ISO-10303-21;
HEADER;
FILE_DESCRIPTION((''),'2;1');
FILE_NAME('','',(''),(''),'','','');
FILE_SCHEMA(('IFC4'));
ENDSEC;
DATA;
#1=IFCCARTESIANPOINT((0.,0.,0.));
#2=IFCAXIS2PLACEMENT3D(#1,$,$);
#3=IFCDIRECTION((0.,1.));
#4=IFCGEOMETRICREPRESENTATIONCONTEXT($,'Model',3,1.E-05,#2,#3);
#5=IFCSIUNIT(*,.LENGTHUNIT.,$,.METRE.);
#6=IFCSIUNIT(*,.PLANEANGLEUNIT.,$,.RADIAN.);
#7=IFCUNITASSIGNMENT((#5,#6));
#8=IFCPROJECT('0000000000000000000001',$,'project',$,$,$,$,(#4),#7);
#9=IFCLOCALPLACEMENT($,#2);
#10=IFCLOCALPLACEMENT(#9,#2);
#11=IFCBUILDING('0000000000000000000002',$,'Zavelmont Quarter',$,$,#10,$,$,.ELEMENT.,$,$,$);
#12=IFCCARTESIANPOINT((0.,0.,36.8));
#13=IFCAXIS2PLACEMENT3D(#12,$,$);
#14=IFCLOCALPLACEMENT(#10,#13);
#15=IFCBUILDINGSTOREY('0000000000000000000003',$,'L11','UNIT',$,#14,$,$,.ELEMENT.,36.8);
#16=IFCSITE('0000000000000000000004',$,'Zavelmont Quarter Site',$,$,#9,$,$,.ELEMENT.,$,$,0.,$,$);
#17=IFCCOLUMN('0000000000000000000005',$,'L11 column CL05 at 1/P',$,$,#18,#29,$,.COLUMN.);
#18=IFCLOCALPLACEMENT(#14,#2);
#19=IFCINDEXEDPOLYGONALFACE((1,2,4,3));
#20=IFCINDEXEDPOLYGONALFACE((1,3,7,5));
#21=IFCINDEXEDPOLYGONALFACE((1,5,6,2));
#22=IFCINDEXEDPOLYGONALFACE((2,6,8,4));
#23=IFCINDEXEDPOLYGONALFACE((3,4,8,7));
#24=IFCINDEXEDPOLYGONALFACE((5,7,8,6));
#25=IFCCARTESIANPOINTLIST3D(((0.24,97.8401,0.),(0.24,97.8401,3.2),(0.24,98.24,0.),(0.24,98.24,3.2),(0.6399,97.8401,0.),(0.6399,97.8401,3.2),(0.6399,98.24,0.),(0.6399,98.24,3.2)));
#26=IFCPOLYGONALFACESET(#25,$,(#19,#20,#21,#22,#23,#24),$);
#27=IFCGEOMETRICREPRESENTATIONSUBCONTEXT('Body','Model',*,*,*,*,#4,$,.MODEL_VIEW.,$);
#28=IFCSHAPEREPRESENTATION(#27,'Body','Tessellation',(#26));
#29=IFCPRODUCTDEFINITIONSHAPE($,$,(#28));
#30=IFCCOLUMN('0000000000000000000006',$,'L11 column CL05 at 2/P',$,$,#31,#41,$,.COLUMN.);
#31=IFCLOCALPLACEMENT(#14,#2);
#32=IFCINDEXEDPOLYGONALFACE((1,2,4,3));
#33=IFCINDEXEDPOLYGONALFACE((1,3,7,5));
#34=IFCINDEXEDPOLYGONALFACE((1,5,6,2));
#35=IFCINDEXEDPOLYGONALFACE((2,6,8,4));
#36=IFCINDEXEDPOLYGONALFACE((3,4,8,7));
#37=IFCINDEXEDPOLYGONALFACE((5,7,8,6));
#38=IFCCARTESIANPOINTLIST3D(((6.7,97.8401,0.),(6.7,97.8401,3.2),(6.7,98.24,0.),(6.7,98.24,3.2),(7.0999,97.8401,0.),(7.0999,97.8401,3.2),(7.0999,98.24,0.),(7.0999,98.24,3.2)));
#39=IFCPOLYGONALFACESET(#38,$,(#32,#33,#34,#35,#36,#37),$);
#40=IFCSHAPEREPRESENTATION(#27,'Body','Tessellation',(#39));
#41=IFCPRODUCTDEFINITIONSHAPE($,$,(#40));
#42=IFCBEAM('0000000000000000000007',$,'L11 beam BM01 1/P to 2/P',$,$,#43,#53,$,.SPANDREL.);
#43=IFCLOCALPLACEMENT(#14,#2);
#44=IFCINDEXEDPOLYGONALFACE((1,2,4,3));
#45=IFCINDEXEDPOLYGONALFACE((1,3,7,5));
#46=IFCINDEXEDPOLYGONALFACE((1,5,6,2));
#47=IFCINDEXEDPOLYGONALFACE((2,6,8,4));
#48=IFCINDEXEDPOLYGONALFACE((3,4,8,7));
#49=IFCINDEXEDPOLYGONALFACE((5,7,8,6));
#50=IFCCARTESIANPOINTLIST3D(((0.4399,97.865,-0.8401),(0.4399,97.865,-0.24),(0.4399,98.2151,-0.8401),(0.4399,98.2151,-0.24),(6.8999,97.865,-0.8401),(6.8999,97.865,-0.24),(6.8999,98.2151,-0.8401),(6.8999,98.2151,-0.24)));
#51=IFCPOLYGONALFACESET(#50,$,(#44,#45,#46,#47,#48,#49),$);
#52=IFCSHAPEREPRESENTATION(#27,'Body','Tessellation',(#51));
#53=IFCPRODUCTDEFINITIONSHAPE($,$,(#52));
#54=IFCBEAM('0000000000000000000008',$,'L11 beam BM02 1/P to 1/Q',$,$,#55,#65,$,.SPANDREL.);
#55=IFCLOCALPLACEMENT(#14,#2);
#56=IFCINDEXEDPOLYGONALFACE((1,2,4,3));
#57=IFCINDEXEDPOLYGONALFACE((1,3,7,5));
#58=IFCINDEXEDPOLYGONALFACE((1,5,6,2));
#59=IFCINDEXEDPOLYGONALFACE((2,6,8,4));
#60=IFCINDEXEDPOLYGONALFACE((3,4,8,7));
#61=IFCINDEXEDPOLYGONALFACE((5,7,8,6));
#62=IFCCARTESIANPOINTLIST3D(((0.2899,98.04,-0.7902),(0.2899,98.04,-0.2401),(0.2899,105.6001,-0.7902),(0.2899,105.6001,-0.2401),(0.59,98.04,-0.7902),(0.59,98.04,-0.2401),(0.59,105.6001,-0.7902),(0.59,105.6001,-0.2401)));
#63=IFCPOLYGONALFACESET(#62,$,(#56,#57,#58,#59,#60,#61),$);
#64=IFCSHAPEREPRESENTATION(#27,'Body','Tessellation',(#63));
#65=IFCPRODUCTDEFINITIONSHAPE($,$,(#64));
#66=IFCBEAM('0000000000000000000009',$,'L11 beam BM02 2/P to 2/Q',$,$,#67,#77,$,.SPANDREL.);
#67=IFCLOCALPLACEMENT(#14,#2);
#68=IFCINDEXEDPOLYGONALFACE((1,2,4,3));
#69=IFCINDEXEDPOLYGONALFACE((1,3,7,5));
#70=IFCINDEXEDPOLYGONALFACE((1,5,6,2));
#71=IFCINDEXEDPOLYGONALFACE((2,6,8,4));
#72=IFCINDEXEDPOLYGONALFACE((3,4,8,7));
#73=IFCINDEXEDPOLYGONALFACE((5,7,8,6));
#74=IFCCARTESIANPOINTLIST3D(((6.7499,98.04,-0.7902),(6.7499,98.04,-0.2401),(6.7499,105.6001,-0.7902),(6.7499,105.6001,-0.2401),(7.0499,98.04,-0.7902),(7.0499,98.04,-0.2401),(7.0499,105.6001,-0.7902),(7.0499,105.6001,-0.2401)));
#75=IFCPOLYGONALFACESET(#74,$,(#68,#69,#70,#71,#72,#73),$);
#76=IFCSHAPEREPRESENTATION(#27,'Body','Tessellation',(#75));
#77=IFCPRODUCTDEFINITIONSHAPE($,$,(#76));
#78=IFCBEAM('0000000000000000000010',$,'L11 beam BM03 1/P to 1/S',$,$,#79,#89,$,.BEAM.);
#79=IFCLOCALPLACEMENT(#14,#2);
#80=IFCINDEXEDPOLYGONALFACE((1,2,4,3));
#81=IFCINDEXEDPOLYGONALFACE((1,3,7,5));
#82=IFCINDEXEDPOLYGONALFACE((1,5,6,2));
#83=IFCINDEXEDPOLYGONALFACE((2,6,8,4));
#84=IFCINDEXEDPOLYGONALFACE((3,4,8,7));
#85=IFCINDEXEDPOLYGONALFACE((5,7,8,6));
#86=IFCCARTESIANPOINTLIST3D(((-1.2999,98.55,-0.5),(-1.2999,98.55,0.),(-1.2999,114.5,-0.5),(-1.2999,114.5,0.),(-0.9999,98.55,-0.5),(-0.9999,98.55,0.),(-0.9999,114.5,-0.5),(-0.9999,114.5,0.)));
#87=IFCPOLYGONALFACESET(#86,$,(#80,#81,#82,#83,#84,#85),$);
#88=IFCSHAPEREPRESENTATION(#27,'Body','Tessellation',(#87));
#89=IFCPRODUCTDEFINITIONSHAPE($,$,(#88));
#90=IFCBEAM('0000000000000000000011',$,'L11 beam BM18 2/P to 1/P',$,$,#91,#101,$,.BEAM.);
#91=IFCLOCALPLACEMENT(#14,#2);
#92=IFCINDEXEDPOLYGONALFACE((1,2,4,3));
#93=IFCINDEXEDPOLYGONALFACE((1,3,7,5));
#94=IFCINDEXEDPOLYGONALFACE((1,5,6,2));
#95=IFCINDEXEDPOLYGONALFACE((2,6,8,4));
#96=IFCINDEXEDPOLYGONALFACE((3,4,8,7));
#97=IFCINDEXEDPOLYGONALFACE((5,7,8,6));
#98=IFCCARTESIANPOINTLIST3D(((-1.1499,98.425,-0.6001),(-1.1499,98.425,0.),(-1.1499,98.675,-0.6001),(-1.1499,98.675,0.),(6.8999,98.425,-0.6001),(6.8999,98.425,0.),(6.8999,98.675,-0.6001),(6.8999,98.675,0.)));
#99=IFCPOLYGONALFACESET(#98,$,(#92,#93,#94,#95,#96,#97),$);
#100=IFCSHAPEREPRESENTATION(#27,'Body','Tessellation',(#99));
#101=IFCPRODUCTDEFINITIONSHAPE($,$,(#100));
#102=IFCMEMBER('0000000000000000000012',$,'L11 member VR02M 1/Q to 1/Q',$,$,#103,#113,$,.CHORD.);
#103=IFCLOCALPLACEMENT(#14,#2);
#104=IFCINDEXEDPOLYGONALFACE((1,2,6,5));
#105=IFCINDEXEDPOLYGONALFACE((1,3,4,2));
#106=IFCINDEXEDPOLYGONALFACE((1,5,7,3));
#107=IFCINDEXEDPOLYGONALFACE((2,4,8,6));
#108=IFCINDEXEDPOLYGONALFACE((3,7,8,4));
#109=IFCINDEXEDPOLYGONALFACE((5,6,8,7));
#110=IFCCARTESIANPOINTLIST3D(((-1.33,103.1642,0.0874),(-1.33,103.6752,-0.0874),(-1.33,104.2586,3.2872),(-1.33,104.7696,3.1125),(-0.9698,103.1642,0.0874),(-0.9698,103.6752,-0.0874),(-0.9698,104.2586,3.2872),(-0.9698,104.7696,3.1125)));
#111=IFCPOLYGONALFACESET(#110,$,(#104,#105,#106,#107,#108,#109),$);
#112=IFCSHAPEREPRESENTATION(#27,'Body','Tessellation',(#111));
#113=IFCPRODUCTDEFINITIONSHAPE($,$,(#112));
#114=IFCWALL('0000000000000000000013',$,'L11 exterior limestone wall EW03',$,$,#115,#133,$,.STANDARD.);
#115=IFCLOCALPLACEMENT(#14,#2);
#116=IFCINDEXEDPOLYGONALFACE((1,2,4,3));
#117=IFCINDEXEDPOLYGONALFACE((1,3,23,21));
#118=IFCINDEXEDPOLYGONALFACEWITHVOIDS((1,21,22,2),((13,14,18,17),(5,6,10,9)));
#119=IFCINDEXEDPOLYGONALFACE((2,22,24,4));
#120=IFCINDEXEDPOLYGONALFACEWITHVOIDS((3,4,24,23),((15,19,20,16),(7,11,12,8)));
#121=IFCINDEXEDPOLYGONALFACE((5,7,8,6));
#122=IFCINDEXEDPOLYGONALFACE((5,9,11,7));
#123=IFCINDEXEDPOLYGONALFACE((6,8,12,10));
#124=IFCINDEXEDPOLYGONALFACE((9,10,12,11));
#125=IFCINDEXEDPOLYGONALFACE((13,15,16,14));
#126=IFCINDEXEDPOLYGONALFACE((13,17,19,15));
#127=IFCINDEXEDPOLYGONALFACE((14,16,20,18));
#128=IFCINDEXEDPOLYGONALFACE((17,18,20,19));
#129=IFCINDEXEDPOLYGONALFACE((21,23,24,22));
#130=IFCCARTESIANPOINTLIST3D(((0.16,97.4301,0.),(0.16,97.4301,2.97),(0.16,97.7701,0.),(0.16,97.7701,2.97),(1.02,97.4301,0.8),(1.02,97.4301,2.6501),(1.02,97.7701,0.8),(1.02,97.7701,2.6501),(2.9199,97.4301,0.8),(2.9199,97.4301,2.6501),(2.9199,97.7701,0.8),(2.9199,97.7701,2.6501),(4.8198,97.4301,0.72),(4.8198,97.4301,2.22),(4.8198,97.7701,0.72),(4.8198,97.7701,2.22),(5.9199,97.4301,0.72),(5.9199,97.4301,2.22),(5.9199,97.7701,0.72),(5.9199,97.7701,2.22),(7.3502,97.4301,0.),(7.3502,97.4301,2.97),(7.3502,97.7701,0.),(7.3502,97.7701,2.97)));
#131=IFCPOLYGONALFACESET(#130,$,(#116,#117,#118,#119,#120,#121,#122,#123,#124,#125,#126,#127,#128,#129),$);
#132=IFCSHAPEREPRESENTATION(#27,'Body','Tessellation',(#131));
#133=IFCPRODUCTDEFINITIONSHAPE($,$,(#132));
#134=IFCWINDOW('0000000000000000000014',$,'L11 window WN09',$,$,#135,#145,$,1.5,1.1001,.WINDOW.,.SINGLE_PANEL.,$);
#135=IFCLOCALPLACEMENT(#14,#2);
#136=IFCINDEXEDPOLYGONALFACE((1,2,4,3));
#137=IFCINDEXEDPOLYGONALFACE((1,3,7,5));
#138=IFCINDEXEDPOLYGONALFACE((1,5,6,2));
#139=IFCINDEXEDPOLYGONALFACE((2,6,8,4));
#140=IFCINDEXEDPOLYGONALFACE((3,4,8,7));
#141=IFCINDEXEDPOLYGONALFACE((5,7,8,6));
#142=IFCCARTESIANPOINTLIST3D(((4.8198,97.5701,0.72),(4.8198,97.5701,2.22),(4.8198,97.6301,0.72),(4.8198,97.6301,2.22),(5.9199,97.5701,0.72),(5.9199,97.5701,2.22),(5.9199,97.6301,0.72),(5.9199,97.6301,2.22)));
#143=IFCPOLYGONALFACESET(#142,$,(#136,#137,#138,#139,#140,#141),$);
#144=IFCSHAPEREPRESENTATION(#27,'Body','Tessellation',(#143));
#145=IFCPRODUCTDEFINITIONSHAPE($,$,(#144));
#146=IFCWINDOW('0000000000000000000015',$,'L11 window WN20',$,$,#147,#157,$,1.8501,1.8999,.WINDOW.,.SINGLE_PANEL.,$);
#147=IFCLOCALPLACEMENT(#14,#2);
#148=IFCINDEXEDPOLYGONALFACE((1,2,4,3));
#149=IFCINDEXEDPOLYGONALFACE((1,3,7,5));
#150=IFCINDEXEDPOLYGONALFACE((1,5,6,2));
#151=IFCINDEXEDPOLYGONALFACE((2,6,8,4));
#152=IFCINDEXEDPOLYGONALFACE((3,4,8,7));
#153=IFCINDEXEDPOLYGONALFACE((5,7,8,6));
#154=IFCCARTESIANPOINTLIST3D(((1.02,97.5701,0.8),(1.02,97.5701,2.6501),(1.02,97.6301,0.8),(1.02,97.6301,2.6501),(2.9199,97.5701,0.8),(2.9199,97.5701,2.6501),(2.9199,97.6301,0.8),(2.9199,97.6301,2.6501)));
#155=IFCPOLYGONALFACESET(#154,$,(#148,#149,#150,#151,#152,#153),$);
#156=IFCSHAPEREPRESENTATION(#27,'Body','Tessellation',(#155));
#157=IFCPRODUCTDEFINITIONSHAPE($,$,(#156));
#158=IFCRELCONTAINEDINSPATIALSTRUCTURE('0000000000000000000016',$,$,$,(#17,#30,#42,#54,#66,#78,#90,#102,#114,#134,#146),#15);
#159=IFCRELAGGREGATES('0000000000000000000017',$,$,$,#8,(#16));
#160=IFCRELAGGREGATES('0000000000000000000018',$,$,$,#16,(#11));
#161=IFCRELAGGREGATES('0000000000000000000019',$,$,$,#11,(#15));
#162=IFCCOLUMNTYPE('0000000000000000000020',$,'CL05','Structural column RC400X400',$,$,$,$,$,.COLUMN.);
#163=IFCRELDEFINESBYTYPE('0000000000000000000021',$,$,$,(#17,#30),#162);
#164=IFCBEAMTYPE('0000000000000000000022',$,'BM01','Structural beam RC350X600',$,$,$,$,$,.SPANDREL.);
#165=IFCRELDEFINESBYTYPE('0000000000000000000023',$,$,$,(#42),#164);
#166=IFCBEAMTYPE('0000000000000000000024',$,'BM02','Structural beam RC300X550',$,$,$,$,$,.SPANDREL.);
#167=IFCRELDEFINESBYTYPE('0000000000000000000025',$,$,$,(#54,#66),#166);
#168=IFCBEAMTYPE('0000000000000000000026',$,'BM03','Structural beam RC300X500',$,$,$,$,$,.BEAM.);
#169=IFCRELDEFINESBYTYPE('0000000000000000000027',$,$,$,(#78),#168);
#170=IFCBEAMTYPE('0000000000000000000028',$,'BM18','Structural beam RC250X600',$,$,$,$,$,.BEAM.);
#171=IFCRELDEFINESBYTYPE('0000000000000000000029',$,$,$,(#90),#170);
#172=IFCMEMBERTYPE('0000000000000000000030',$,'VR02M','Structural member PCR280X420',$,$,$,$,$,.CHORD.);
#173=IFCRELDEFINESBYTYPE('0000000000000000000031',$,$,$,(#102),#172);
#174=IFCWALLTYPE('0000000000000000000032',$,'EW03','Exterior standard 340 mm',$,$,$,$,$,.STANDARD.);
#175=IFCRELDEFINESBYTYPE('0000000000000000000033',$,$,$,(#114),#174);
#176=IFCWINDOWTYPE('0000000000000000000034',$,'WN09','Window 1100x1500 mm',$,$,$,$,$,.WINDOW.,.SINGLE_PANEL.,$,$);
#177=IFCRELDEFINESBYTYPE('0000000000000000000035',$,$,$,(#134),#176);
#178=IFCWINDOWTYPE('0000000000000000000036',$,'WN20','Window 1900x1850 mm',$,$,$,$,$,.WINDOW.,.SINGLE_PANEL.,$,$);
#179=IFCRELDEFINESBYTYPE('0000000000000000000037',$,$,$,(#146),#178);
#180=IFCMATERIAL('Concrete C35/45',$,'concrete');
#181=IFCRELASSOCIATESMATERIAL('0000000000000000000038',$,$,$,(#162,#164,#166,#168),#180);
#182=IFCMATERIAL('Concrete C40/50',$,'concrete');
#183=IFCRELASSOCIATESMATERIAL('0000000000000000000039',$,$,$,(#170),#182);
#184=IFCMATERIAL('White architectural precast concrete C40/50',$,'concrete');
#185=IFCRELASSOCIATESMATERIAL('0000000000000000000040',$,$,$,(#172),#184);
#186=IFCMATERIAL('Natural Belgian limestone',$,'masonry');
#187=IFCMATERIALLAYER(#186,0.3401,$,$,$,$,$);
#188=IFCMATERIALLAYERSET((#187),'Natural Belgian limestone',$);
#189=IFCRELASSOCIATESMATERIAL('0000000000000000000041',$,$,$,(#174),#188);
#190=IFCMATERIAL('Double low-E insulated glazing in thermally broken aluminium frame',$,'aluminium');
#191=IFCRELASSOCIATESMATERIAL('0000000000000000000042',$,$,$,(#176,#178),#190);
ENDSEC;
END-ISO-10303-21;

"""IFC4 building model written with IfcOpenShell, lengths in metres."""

from ifc_helpers import new_model, si_unit, direction, frame, frame_2d, origin, origin_with_axes, origin_2d, place, context, subcontext, project, spatial, rectangle, extrude, material, layer, layer_set, material_profile, profile_set, type_object, element, fill, save


model = new_model("IFC4")

# Units and contexts
model_context = context("Model", 3, precision=1e-05, world=origin(), true_north=direction((0.0, 1.0)))
body_context = subcontext(model_context, "Body", "Model", "MODEL_VIEW")
ifc_project = project(units=[si_unit("LENGTHUNIT", "METRE"), si_unit("PLANEANGLEUNIT", "RADIAN")], contexts=[model_context])

# Site, building, storey
site_placement = place(None, origin())
site = spatial("IfcSite", under=ifc_project, at=site_placement, Name="Zavelmont Quarter Site", CompositionType="ELEMENT", RefElevation=0.0)
building_placement = place(site_placement, origin())
building = spatial("IfcBuilding", under=site, at=building_placement, Name="Zavelmont Quarter", CompositionType="ELEMENT")
storey_placement = place(building_placement, frame((0.0, 0.0, 36.8)))
storey = spatial("IfcBuildingStorey", under=building, at=storey_placement, Name="L11", Description="UNIT", CompositionType="ELEMENT", Elevation=36.8)

# Columns
ifc_material_1 = material(Name="Concrete C35/45", Category="concrete")
ifc_material_profile_1 = material_profile(ifc_material_1, rectangle(XDim=0.3999, YDim=0.3999, at=origin_2d()), Name="RC400X400")
ifc_profile_set_1 = profile_set([ifc_material_profile_1], Name="Concrete C35/45")
column_type = type_object("IfcColumnType", Name="CL05", Description="Structural column RC400X400", PredefinedType="COLUMN", material=ifc_profile_set_1)
for number, where, z_axis, x_axis, name in (
    (1, (0.4399, 98.04, 0.0), (0.0, 0.0, 1.0), (1.0, 0.0, 0.0), "L11 column CL05 at 1/P"),
    (2, (6.8999, 98.04, 0.0), (0.0, 0.0, 1.0), (1.0, 0.0, 0.0), "L11 column CL05 at 2/P"),
):
    element("IfcColumn", number, at=place(storey_placement, frame(where, z_axis=z_axis, x_axis=x_axis)), inside=storey, type_object=column_type, Name=name, PredefinedType="COLUMN", context=body_context, shape_type="SweptSolid", body=[
        extrude(rectangle(XDim=0.3999, YDim=0.3999, at=origin_2d()), origin(), (0.0, 0.0, 1.0), 3.2),
    ])

# Beams
ifc_material_profile_2 = material_profile(ifc_material_1, rectangle(XDim=0.3501, YDim=0.6001, at=origin_2d()), Name="RC350X600")
ifc_profile_set_2 = profile_set([ifc_material_profile_2], Name="Concrete C35/45")
beam_type_1 = type_object("IfcBeamType", Name="BM01", Description="Structural beam RC350X600", PredefinedType="SPANDREL", material=ifc_profile_set_2)
beam_1_placement = place(storey_placement, frame((0.4399, 98.04, -0.54), z_axis=(1.0, 0.0, 0.0), x_axis=(0.0, 1.0, 0.0)))
element("IfcBeam", 3, at=beam_1_placement, inside=storey, type_object=beam_type_1, Name="L11 beam BM01 1/P to 2/P", PredefinedType="SPANDREL", context=body_context, shape_type="SweptSolid", body=[
    extrude(rectangle(XDim=0.3501, YDim=0.6001, at=origin_2d()), origin(), (0.0, 0.0, 1.0), 6.46),
])
ifc_material_profile_3 = material_profile(ifc_material_1, rectangle(XDim=0.3, YDim=0.55, at=origin_2d()), Name="RC300X550")
ifc_profile_set_3 = profile_set([ifc_material_profile_3], Name="Concrete C35/45")
beam_type_2 = type_object("IfcBeamType", Name="BM02", Description="Structural beam RC300X550", PredefinedType="SPANDREL", material=ifc_profile_set_3)
for number, where, z_axis, x_axis, name in (
    (4, (0.4399, 98.04, -0.5151), (0.0, 1.0, 0.0), (-1.0, 0.0, 0.0), "L11 beam BM02 1/P to 1/Q"),
    (5, (6.8999, 98.04, -0.5151), (0.0, 1.0, 0.0), (-1.0, 0.0, 0.0), "L11 beam BM02 2/P to 2/Q"),
):
    element("IfcBeam", number, at=place(storey_placement, frame(where, z_axis=z_axis, x_axis=x_axis)), inside=storey, type_object=beam_type_2, Name=name, PredefinedType="SPANDREL", context=body_context, shape_type="SweptSolid", body=[
        extrude(rectangle(XDim=0.3, YDim=0.55, at=origin_2d()), origin(), (0.0, 0.0, 1.0), 7.5601),
    ])
ifc_material_profile_4 = material_profile(ifc_material_1, rectangle(XDim=0.3, YDim=0.5, at=origin_2d()), Name="RC300X500")
ifc_profile_set_4 = profile_set([ifc_material_profile_4], Name="Concrete C35/45")
beam_type_3 = type_object("IfcBeamType", Name="BM03", Description="Structural beam RC300X500", PredefinedType="BEAM", material=ifc_profile_set_4)
beam_2_placement = place(storey_placement, frame((-1.1499, 98.55, -0.25), z_axis=(0.0, 1.0, 0.0), x_axis=(-1.0, 0.0, 0.0)))
element("IfcBeam", 6, at=beam_2_placement, inside=storey, type_object=beam_type_3, Name="L11 beam BM03 1/P to 1/S", PredefinedType="BEAM", context=body_context, shape_type="SweptSolid", body=[
    extrude(rectangle(XDim=0.3, YDim=0.5, at=origin_2d()), origin(), (0.0, 0.0, 1.0), 15.95),
])
ifc_material_2 = material(Name="Concrete C40/50", Category="concrete")
ifc_material_profile_5 = material_profile(ifc_material_2, rectangle(XDim=0.25, YDim=0.6001, at=origin_2d()), Name="RC250X600")
ifc_profile_set_5 = profile_set([ifc_material_profile_5], Name="Concrete C40/50")
beam_type_4 = type_object("IfcBeamType", Name="BM18", Description="Structural beam RC250X600", PredefinedType="BEAM", material=ifc_profile_set_5)
beam_3_placement = place(storey_placement, frame((6.8999, 98.55, -0.3), z_axis=(-1.0, 0.0, 0.0), x_axis=(0.0, -1.0, 0.0)))
element("IfcBeam", 7, at=beam_3_placement, inside=storey, type_object=beam_type_4, Name="L11 beam BM18 2/P to 1/P", PredefinedType="BEAM", context=body_context, shape_type="SweptSolid", body=[
    extrude(rectangle(XDim=0.25, YDim=0.6001, at=origin_2d()), origin(), (0.0, 0.0, 1.0), 8.0498),
])

# Member
ifc_material_3 = material(Name="White architectural precast concrete C40/50", Category="concrete")
ifc_material_profile_6 = material_profile(ifc_material_3, rectangle(XDim=0.3601, YDim=0.54, at=origin_2d()), Name="PCR280X420")
ifc_profile_set_6 = profile_set([ifc_material_profile_6], Name="White architectural precast concrete C40/50")
member_type = type_object("IfcMemberType", Name="VR02M", Description="Structural member PCR280X420", PredefinedType="CHORD", material=ifc_profile_set_6)
member_placement = place(storey_placement, frame((-1.1499, 103.4197, 0.0), z_axis=(0.0, 0.323625, 0.946186), x_axis=(-1.0, 0.0, 0.0)))
element("IfcMember", 8, at=member_placement, inside=storey, type_object=member_type, Name="L11 member VR02M 1/Q to 1/Q", PredefinedType="CHORD", context=body_context, shape_type="SweptSolid", body=[
    extrude(rectangle(XDim=0.3601, YDim=0.54, at=origin_2d()), origin(), (0.0, 0.0, 1.0), 3.3818),
])

# Wall, openings, windows
ifc_material_4 = material(Name="Natural Belgian limestone", Category="masonry")
ifc_layer_1 = layer(ifc_material_4, 0.3401)
ifc_layer_set_1 = layer_set([ifc_layer_1], Name="Natural Belgian limestone")
wall_type_1 = type_object("IfcWallType", Name="EW03", Description="Exterior standard 340 mm", PredefinedType="STANDARD", material=ifc_layer_set_1)
wall_1_placement = place(storey_placement, frame((0.1599, 97.6001, 0.0), z_axis=(0.0, 0.0, 1.0), x_axis=(1.0, 0.0, 0.0)))
wall_1 = element("IfcWall", 9, at=wall_1_placement, inside=storey, type_object=wall_type_1, Name="L11 exterior limestone wall EW03", PredefinedType="STANDARD", context=body_context, shape_type="SweptSolid", body=[
    extrude(rectangle(XDim=7.1902, YDim=0.3401, at=frame_2d((3.5952, 0.0))), origin(), (0.0, 0.0, 1.0), 2.97),
])
opening_1_placement = place(wall_1_placement, frame((0.8601, 0.0, 0.8)))
opening_1 = element("IfcOpeningElement", 10, at=opening_1_placement, cuts=wall_1, PredefinedType="OPENING", context=body_context, shape_type="SweptSolid", body=[
    extrude(rectangle(XDim=1.8999, YDim=1.8501, at=frame_2d((0.95, 0.925))), frame((0.0, 0.1821, 0.0), z_axis=(0.0, -1.0, 0.0), x_axis=(1.0, 0.0, 0.0)), (0.0, 0.0, 1.0), 0.364),
])
opening_2_placement = place(wall_1_placement, frame((4.6599, 0.0, 0.72)))
opening_2 = element("IfcOpeningElement", 11, at=opening_2_placement, cuts=wall_1, PredefinedType="OPENING", context=body_context, shape_type="SweptSolid", body=[
    extrude(rectangle(XDim=1.1001, YDim=1.5, at=frame_2d((0.55, 0.75))), frame((0.0, 0.1821, 0.0), z_axis=(0.0, -1.0, 0.0), x_axis=(1.0, 0.0, 0.0)), (0.0, 0.0, 1.0), 0.364),
])
ifc_material_5 = material(Name="Double low-E insulated glazing in thermally broken aluminium frame", Category="aluminium")
window_type_1 = type_object("IfcWindowType", Name="WN09", Description="Window 1100x1500 mm", PartitioningType="SINGLE_PANEL", PredefinedType="WINDOW", material=ifc_material_5)
window_1_placement = place(opening_2_placement, origin_with_axes())
window_1 = element("IfcWindow", 12, at=window_1_placement, inside=storey, type_object=window_type_1, Name="L11 window WN09", OverallHeight=1.5, OverallWidth=1.1001, PartitioningType="SINGLE_PANEL", PredefinedType="WINDOW", context=body_context, shape_type="SweptSolid", body=[
    extrude(rectangle(XDim=1.1001, YDim=1.5, at=frame_2d((0.55, 0.75))), frame((0.0, 0.03, 0.0), z_axis=(0.0, -1.0, 0.0), x_axis=(1.0, 0.0, 0.0)), (0.0, 0.0, 1.0), 0.0601),
])
fill(opening_2, window_1)
window_type_2 = type_object("IfcWindowType", Name="WN20", Description="Window 1900x1850 mm", PartitioningType="SINGLE_PANEL", PredefinedType="WINDOW", material=ifc_material_5)
window_2_placement = place(opening_1_placement, origin_with_axes())
window_2 = element("IfcWindow", 13, at=window_2_placement, inside=storey, type_object=window_type_2, Name="L11 window WN20", OverallHeight=1.8501, OverallWidth=1.8999, PartitioningType="SINGLE_PANEL", PredefinedType="WINDOW", context=body_context, shape_type="SweptSolid", body=[
    extrude(rectangle(XDim=1.8999, YDim=1.8501, at=frame_2d((0.95, 0.925))), frame((0.0, 0.03, 0.0), z_axis=(0.0, -1.0, 0.0), x_axis=(1.0, 0.0, 0.0)), (0.0, 0.0, 1.0), 0.0601),
])
fill(opening_1, window_2)

save(model, "model.ifc")
